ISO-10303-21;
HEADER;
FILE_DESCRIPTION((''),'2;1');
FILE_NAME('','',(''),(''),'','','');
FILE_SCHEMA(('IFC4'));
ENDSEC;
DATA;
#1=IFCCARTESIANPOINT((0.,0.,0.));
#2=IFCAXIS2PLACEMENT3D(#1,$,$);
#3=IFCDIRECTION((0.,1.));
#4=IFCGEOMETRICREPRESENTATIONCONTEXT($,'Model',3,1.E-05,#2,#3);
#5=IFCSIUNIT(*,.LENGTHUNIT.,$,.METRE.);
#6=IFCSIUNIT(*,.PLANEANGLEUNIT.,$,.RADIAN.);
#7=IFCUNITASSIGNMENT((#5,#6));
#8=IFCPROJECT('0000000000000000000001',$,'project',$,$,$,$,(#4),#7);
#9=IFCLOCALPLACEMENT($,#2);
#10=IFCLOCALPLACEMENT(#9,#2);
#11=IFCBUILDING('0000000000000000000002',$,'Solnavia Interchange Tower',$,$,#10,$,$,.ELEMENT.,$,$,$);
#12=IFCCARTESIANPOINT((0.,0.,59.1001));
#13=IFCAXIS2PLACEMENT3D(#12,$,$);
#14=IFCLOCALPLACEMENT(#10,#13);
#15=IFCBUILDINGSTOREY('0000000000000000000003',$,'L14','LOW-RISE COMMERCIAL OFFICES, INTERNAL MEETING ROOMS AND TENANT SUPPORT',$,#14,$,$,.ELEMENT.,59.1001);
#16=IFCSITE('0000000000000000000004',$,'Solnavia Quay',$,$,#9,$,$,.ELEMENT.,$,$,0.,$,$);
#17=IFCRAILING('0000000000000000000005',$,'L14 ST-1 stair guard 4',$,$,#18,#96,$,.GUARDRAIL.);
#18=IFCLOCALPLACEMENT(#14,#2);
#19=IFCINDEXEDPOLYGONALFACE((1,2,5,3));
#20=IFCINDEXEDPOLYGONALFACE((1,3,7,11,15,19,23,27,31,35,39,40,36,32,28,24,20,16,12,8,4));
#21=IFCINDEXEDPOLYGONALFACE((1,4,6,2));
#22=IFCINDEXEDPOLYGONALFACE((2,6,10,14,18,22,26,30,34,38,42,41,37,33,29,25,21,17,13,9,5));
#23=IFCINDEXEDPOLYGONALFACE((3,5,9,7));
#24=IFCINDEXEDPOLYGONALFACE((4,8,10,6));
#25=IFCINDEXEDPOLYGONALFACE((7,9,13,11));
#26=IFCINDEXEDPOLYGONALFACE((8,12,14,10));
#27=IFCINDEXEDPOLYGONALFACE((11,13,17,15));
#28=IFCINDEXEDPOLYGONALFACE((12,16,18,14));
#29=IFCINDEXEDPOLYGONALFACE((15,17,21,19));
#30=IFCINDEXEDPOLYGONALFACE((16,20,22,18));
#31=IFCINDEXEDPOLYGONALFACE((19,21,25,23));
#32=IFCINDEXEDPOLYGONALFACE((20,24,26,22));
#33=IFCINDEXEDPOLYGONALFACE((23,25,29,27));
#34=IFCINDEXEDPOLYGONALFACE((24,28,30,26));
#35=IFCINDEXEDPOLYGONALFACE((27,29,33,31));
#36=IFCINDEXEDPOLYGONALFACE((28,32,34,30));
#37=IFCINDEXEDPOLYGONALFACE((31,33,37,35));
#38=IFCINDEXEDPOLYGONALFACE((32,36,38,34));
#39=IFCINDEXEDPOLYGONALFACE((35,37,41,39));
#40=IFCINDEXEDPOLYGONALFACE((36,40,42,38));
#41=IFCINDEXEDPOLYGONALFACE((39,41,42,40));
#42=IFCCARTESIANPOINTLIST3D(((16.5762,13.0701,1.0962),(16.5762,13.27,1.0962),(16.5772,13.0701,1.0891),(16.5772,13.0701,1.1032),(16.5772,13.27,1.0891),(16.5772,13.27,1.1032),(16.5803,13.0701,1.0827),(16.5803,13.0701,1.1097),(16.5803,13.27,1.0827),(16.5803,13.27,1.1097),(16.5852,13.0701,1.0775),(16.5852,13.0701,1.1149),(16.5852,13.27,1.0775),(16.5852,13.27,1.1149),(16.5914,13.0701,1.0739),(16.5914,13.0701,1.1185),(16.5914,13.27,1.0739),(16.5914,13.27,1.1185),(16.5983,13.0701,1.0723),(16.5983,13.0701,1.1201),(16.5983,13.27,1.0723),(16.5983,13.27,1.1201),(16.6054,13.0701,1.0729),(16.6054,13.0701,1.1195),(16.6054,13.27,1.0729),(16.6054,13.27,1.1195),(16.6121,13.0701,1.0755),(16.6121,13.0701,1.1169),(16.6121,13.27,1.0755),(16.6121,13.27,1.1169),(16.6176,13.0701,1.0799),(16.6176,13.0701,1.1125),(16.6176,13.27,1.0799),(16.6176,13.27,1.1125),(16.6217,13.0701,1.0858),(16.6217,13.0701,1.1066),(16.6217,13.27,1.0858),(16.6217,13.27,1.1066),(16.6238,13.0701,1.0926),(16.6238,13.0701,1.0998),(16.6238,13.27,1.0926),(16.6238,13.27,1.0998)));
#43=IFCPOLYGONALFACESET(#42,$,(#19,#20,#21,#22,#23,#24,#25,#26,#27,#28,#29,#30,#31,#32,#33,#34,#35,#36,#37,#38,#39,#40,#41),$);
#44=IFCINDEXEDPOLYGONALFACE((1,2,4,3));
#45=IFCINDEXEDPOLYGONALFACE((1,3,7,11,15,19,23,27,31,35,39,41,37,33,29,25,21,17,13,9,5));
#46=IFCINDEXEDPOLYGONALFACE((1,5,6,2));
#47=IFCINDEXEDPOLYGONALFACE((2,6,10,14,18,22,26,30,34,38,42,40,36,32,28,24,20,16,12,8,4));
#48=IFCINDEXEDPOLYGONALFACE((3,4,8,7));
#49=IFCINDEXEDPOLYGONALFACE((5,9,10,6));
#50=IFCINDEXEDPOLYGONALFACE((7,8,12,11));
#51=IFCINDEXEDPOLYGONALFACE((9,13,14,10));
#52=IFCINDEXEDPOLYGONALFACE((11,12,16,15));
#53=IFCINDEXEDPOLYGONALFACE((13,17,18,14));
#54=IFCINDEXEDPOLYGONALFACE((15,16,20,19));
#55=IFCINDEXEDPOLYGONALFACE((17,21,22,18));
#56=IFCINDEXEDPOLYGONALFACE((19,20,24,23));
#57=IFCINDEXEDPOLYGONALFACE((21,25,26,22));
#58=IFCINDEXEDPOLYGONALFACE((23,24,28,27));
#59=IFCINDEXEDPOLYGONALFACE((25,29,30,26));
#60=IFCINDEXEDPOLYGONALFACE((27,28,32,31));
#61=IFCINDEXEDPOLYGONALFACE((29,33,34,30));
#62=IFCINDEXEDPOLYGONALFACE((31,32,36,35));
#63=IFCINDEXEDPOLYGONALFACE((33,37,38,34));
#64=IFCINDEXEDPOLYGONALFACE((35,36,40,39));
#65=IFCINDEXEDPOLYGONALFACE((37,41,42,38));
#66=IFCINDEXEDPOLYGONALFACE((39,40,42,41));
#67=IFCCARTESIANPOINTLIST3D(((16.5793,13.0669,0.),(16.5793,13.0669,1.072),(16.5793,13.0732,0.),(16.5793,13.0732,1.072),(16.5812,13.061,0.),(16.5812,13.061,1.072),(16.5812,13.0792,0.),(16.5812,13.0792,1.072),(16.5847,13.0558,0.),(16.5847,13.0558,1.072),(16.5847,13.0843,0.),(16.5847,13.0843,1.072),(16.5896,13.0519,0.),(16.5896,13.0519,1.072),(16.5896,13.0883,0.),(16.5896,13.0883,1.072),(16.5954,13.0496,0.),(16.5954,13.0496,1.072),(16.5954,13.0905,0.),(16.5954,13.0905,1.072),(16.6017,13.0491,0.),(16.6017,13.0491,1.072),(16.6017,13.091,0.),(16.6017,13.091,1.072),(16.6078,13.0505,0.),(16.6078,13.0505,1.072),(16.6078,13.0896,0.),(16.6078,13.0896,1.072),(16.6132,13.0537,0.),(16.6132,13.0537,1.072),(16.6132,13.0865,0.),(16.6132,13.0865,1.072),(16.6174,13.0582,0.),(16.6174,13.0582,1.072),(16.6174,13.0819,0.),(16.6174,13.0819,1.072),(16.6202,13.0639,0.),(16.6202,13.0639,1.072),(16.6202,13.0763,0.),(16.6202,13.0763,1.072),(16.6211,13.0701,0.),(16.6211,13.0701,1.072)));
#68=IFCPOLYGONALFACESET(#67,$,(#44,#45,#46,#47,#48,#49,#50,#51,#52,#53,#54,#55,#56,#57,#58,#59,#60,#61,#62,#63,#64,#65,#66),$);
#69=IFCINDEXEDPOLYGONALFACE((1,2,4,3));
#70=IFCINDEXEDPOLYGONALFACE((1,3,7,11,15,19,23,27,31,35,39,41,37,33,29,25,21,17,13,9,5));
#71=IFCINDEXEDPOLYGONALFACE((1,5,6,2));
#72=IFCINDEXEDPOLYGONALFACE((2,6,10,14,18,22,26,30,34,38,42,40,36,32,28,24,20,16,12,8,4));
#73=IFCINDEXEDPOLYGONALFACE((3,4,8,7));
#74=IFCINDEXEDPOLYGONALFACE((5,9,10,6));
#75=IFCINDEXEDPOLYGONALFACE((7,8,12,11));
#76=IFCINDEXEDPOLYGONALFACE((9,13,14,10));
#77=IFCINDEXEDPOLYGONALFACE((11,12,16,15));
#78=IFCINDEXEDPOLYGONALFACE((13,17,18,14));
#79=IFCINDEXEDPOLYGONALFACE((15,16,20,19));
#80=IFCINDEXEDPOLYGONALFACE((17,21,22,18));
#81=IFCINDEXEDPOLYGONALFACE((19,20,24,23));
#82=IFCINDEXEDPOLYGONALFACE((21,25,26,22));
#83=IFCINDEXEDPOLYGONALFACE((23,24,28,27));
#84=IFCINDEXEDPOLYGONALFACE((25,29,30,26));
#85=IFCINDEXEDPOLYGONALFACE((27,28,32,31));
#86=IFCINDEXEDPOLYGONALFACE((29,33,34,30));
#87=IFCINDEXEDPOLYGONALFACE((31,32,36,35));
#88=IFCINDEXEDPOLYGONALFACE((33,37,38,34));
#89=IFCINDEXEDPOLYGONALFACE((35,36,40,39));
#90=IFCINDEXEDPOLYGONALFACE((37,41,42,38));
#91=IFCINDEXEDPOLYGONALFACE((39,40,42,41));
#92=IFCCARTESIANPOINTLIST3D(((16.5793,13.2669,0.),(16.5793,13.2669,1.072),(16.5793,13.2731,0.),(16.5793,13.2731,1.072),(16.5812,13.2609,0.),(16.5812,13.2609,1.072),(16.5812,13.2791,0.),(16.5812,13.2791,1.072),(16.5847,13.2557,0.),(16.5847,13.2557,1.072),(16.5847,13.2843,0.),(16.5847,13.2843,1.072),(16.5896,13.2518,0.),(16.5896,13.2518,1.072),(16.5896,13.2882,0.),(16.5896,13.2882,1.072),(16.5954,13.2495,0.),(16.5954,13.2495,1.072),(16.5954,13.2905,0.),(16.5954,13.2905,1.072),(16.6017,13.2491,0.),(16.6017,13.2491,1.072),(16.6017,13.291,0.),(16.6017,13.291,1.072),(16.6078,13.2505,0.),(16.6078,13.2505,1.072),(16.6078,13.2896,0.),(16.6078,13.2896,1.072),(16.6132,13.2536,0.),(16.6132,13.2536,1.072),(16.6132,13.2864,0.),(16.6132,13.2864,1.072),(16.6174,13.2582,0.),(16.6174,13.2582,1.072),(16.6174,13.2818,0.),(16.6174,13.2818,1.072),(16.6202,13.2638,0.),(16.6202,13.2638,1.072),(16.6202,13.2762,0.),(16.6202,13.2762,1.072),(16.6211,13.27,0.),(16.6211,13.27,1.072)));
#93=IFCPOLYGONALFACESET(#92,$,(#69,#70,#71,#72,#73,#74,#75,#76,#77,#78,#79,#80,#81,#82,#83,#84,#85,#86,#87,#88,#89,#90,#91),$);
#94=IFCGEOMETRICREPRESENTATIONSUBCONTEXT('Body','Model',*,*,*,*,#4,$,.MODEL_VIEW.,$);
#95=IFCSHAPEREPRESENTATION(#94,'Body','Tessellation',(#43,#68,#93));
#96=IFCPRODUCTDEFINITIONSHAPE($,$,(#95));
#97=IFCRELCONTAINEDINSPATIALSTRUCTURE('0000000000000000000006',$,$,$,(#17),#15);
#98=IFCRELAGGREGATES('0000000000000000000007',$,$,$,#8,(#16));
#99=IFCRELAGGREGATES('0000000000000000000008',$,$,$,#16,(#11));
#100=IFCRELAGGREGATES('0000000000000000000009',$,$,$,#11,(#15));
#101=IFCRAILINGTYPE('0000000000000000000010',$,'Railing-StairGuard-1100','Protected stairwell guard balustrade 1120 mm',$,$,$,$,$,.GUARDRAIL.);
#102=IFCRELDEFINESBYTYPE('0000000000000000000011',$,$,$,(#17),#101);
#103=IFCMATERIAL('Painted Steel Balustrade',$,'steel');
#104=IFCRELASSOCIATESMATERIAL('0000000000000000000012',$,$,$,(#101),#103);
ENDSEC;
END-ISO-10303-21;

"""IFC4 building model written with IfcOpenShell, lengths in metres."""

from ifc_helpers import new_model, si_unit, direction, frame, origin, origin_2d, place, context, subcontext, project, spatial, circle, extrude, material, type_object, element, save


model = new_model("IFC4")

# Units and contexts
model_context = context("Model", 3, precision=1e-05, world=origin(), true_north=direction((0.0, 1.0)))
body_context = subcontext(model_context, "Body", "Model", "MODEL_VIEW")
ifc_project = project(units=[si_unit("LENGTHUNIT", "METRE"), si_unit("PLANEANGLEUNIT", "RADIAN")], contexts=[model_context])

# Site, building, storey
site_placement = place(None, origin())
site = spatial("IfcSite", under=ifc_project, at=site_placement, Name="Solnavia Quay", CompositionType="ELEMENT", RefElevation=0.0)
building_placement = place(site_placement, origin())
building = spatial("IfcBuilding", under=site, at=building_placement, Name="Solnavia Interchange Tower", CompositionType="ELEMENT")
storey_placement = place(building_placement, frame((0.0, 0.0, 59.1001)))
storey = spatial("IfcBuildingStorey", under=building, at=storey_placement, Name="L14", Description="LOW-RISE COMMERCIAL OFFICES, INTERNAL MEETING ROOMS AND TENANT SUPPORT", CompositionType="ELEMENT", Elevation=59.1001)

# Railing
ifc_material_1 = material(Name="Painted Steel Balustrade", Category="steel")
railing_type_1 = type_object("IfcRailingType", Name="Railing-StairGuard-1100", Description="Protected stairwell guard balustrade 1120 mm", PredefinedType="GUARDRAIL", material=ifc_material_1)
railing_1_placement = place(storey_placement, frame((16.6001, 13.0701, 0.0)))
element("IfcRailing", 1, at=railing_1_placement, inside=storey, type_object=railing_type_1, Name="L14 ST-1 stair guard 4", PredefinedType="GUARDRAIL", context=body_context, shape_type="SweptSolid", body=[
    extrude(circle(Radius=0.0239, at=origin_2d()), frame((0.0, 0.0, 1.0962), z_axis=(0.0, 1.0, 0.0), x_axis=(-1.0, 0.0, 0.0)), (0.0, 0.0, 1.0), 0.2),
    extrude(circle(Radius=0.021, at=origin_2d()), origin(), (0.0, 0.0, 1.0), 1.072),
    extrude(circle(Radius=0.021, at=origin_2d()), frame((0.0, 0.2, 0.0)), (0.0, 0.0, 1.0), 1.072),
])

save(model, "model.ifc")
